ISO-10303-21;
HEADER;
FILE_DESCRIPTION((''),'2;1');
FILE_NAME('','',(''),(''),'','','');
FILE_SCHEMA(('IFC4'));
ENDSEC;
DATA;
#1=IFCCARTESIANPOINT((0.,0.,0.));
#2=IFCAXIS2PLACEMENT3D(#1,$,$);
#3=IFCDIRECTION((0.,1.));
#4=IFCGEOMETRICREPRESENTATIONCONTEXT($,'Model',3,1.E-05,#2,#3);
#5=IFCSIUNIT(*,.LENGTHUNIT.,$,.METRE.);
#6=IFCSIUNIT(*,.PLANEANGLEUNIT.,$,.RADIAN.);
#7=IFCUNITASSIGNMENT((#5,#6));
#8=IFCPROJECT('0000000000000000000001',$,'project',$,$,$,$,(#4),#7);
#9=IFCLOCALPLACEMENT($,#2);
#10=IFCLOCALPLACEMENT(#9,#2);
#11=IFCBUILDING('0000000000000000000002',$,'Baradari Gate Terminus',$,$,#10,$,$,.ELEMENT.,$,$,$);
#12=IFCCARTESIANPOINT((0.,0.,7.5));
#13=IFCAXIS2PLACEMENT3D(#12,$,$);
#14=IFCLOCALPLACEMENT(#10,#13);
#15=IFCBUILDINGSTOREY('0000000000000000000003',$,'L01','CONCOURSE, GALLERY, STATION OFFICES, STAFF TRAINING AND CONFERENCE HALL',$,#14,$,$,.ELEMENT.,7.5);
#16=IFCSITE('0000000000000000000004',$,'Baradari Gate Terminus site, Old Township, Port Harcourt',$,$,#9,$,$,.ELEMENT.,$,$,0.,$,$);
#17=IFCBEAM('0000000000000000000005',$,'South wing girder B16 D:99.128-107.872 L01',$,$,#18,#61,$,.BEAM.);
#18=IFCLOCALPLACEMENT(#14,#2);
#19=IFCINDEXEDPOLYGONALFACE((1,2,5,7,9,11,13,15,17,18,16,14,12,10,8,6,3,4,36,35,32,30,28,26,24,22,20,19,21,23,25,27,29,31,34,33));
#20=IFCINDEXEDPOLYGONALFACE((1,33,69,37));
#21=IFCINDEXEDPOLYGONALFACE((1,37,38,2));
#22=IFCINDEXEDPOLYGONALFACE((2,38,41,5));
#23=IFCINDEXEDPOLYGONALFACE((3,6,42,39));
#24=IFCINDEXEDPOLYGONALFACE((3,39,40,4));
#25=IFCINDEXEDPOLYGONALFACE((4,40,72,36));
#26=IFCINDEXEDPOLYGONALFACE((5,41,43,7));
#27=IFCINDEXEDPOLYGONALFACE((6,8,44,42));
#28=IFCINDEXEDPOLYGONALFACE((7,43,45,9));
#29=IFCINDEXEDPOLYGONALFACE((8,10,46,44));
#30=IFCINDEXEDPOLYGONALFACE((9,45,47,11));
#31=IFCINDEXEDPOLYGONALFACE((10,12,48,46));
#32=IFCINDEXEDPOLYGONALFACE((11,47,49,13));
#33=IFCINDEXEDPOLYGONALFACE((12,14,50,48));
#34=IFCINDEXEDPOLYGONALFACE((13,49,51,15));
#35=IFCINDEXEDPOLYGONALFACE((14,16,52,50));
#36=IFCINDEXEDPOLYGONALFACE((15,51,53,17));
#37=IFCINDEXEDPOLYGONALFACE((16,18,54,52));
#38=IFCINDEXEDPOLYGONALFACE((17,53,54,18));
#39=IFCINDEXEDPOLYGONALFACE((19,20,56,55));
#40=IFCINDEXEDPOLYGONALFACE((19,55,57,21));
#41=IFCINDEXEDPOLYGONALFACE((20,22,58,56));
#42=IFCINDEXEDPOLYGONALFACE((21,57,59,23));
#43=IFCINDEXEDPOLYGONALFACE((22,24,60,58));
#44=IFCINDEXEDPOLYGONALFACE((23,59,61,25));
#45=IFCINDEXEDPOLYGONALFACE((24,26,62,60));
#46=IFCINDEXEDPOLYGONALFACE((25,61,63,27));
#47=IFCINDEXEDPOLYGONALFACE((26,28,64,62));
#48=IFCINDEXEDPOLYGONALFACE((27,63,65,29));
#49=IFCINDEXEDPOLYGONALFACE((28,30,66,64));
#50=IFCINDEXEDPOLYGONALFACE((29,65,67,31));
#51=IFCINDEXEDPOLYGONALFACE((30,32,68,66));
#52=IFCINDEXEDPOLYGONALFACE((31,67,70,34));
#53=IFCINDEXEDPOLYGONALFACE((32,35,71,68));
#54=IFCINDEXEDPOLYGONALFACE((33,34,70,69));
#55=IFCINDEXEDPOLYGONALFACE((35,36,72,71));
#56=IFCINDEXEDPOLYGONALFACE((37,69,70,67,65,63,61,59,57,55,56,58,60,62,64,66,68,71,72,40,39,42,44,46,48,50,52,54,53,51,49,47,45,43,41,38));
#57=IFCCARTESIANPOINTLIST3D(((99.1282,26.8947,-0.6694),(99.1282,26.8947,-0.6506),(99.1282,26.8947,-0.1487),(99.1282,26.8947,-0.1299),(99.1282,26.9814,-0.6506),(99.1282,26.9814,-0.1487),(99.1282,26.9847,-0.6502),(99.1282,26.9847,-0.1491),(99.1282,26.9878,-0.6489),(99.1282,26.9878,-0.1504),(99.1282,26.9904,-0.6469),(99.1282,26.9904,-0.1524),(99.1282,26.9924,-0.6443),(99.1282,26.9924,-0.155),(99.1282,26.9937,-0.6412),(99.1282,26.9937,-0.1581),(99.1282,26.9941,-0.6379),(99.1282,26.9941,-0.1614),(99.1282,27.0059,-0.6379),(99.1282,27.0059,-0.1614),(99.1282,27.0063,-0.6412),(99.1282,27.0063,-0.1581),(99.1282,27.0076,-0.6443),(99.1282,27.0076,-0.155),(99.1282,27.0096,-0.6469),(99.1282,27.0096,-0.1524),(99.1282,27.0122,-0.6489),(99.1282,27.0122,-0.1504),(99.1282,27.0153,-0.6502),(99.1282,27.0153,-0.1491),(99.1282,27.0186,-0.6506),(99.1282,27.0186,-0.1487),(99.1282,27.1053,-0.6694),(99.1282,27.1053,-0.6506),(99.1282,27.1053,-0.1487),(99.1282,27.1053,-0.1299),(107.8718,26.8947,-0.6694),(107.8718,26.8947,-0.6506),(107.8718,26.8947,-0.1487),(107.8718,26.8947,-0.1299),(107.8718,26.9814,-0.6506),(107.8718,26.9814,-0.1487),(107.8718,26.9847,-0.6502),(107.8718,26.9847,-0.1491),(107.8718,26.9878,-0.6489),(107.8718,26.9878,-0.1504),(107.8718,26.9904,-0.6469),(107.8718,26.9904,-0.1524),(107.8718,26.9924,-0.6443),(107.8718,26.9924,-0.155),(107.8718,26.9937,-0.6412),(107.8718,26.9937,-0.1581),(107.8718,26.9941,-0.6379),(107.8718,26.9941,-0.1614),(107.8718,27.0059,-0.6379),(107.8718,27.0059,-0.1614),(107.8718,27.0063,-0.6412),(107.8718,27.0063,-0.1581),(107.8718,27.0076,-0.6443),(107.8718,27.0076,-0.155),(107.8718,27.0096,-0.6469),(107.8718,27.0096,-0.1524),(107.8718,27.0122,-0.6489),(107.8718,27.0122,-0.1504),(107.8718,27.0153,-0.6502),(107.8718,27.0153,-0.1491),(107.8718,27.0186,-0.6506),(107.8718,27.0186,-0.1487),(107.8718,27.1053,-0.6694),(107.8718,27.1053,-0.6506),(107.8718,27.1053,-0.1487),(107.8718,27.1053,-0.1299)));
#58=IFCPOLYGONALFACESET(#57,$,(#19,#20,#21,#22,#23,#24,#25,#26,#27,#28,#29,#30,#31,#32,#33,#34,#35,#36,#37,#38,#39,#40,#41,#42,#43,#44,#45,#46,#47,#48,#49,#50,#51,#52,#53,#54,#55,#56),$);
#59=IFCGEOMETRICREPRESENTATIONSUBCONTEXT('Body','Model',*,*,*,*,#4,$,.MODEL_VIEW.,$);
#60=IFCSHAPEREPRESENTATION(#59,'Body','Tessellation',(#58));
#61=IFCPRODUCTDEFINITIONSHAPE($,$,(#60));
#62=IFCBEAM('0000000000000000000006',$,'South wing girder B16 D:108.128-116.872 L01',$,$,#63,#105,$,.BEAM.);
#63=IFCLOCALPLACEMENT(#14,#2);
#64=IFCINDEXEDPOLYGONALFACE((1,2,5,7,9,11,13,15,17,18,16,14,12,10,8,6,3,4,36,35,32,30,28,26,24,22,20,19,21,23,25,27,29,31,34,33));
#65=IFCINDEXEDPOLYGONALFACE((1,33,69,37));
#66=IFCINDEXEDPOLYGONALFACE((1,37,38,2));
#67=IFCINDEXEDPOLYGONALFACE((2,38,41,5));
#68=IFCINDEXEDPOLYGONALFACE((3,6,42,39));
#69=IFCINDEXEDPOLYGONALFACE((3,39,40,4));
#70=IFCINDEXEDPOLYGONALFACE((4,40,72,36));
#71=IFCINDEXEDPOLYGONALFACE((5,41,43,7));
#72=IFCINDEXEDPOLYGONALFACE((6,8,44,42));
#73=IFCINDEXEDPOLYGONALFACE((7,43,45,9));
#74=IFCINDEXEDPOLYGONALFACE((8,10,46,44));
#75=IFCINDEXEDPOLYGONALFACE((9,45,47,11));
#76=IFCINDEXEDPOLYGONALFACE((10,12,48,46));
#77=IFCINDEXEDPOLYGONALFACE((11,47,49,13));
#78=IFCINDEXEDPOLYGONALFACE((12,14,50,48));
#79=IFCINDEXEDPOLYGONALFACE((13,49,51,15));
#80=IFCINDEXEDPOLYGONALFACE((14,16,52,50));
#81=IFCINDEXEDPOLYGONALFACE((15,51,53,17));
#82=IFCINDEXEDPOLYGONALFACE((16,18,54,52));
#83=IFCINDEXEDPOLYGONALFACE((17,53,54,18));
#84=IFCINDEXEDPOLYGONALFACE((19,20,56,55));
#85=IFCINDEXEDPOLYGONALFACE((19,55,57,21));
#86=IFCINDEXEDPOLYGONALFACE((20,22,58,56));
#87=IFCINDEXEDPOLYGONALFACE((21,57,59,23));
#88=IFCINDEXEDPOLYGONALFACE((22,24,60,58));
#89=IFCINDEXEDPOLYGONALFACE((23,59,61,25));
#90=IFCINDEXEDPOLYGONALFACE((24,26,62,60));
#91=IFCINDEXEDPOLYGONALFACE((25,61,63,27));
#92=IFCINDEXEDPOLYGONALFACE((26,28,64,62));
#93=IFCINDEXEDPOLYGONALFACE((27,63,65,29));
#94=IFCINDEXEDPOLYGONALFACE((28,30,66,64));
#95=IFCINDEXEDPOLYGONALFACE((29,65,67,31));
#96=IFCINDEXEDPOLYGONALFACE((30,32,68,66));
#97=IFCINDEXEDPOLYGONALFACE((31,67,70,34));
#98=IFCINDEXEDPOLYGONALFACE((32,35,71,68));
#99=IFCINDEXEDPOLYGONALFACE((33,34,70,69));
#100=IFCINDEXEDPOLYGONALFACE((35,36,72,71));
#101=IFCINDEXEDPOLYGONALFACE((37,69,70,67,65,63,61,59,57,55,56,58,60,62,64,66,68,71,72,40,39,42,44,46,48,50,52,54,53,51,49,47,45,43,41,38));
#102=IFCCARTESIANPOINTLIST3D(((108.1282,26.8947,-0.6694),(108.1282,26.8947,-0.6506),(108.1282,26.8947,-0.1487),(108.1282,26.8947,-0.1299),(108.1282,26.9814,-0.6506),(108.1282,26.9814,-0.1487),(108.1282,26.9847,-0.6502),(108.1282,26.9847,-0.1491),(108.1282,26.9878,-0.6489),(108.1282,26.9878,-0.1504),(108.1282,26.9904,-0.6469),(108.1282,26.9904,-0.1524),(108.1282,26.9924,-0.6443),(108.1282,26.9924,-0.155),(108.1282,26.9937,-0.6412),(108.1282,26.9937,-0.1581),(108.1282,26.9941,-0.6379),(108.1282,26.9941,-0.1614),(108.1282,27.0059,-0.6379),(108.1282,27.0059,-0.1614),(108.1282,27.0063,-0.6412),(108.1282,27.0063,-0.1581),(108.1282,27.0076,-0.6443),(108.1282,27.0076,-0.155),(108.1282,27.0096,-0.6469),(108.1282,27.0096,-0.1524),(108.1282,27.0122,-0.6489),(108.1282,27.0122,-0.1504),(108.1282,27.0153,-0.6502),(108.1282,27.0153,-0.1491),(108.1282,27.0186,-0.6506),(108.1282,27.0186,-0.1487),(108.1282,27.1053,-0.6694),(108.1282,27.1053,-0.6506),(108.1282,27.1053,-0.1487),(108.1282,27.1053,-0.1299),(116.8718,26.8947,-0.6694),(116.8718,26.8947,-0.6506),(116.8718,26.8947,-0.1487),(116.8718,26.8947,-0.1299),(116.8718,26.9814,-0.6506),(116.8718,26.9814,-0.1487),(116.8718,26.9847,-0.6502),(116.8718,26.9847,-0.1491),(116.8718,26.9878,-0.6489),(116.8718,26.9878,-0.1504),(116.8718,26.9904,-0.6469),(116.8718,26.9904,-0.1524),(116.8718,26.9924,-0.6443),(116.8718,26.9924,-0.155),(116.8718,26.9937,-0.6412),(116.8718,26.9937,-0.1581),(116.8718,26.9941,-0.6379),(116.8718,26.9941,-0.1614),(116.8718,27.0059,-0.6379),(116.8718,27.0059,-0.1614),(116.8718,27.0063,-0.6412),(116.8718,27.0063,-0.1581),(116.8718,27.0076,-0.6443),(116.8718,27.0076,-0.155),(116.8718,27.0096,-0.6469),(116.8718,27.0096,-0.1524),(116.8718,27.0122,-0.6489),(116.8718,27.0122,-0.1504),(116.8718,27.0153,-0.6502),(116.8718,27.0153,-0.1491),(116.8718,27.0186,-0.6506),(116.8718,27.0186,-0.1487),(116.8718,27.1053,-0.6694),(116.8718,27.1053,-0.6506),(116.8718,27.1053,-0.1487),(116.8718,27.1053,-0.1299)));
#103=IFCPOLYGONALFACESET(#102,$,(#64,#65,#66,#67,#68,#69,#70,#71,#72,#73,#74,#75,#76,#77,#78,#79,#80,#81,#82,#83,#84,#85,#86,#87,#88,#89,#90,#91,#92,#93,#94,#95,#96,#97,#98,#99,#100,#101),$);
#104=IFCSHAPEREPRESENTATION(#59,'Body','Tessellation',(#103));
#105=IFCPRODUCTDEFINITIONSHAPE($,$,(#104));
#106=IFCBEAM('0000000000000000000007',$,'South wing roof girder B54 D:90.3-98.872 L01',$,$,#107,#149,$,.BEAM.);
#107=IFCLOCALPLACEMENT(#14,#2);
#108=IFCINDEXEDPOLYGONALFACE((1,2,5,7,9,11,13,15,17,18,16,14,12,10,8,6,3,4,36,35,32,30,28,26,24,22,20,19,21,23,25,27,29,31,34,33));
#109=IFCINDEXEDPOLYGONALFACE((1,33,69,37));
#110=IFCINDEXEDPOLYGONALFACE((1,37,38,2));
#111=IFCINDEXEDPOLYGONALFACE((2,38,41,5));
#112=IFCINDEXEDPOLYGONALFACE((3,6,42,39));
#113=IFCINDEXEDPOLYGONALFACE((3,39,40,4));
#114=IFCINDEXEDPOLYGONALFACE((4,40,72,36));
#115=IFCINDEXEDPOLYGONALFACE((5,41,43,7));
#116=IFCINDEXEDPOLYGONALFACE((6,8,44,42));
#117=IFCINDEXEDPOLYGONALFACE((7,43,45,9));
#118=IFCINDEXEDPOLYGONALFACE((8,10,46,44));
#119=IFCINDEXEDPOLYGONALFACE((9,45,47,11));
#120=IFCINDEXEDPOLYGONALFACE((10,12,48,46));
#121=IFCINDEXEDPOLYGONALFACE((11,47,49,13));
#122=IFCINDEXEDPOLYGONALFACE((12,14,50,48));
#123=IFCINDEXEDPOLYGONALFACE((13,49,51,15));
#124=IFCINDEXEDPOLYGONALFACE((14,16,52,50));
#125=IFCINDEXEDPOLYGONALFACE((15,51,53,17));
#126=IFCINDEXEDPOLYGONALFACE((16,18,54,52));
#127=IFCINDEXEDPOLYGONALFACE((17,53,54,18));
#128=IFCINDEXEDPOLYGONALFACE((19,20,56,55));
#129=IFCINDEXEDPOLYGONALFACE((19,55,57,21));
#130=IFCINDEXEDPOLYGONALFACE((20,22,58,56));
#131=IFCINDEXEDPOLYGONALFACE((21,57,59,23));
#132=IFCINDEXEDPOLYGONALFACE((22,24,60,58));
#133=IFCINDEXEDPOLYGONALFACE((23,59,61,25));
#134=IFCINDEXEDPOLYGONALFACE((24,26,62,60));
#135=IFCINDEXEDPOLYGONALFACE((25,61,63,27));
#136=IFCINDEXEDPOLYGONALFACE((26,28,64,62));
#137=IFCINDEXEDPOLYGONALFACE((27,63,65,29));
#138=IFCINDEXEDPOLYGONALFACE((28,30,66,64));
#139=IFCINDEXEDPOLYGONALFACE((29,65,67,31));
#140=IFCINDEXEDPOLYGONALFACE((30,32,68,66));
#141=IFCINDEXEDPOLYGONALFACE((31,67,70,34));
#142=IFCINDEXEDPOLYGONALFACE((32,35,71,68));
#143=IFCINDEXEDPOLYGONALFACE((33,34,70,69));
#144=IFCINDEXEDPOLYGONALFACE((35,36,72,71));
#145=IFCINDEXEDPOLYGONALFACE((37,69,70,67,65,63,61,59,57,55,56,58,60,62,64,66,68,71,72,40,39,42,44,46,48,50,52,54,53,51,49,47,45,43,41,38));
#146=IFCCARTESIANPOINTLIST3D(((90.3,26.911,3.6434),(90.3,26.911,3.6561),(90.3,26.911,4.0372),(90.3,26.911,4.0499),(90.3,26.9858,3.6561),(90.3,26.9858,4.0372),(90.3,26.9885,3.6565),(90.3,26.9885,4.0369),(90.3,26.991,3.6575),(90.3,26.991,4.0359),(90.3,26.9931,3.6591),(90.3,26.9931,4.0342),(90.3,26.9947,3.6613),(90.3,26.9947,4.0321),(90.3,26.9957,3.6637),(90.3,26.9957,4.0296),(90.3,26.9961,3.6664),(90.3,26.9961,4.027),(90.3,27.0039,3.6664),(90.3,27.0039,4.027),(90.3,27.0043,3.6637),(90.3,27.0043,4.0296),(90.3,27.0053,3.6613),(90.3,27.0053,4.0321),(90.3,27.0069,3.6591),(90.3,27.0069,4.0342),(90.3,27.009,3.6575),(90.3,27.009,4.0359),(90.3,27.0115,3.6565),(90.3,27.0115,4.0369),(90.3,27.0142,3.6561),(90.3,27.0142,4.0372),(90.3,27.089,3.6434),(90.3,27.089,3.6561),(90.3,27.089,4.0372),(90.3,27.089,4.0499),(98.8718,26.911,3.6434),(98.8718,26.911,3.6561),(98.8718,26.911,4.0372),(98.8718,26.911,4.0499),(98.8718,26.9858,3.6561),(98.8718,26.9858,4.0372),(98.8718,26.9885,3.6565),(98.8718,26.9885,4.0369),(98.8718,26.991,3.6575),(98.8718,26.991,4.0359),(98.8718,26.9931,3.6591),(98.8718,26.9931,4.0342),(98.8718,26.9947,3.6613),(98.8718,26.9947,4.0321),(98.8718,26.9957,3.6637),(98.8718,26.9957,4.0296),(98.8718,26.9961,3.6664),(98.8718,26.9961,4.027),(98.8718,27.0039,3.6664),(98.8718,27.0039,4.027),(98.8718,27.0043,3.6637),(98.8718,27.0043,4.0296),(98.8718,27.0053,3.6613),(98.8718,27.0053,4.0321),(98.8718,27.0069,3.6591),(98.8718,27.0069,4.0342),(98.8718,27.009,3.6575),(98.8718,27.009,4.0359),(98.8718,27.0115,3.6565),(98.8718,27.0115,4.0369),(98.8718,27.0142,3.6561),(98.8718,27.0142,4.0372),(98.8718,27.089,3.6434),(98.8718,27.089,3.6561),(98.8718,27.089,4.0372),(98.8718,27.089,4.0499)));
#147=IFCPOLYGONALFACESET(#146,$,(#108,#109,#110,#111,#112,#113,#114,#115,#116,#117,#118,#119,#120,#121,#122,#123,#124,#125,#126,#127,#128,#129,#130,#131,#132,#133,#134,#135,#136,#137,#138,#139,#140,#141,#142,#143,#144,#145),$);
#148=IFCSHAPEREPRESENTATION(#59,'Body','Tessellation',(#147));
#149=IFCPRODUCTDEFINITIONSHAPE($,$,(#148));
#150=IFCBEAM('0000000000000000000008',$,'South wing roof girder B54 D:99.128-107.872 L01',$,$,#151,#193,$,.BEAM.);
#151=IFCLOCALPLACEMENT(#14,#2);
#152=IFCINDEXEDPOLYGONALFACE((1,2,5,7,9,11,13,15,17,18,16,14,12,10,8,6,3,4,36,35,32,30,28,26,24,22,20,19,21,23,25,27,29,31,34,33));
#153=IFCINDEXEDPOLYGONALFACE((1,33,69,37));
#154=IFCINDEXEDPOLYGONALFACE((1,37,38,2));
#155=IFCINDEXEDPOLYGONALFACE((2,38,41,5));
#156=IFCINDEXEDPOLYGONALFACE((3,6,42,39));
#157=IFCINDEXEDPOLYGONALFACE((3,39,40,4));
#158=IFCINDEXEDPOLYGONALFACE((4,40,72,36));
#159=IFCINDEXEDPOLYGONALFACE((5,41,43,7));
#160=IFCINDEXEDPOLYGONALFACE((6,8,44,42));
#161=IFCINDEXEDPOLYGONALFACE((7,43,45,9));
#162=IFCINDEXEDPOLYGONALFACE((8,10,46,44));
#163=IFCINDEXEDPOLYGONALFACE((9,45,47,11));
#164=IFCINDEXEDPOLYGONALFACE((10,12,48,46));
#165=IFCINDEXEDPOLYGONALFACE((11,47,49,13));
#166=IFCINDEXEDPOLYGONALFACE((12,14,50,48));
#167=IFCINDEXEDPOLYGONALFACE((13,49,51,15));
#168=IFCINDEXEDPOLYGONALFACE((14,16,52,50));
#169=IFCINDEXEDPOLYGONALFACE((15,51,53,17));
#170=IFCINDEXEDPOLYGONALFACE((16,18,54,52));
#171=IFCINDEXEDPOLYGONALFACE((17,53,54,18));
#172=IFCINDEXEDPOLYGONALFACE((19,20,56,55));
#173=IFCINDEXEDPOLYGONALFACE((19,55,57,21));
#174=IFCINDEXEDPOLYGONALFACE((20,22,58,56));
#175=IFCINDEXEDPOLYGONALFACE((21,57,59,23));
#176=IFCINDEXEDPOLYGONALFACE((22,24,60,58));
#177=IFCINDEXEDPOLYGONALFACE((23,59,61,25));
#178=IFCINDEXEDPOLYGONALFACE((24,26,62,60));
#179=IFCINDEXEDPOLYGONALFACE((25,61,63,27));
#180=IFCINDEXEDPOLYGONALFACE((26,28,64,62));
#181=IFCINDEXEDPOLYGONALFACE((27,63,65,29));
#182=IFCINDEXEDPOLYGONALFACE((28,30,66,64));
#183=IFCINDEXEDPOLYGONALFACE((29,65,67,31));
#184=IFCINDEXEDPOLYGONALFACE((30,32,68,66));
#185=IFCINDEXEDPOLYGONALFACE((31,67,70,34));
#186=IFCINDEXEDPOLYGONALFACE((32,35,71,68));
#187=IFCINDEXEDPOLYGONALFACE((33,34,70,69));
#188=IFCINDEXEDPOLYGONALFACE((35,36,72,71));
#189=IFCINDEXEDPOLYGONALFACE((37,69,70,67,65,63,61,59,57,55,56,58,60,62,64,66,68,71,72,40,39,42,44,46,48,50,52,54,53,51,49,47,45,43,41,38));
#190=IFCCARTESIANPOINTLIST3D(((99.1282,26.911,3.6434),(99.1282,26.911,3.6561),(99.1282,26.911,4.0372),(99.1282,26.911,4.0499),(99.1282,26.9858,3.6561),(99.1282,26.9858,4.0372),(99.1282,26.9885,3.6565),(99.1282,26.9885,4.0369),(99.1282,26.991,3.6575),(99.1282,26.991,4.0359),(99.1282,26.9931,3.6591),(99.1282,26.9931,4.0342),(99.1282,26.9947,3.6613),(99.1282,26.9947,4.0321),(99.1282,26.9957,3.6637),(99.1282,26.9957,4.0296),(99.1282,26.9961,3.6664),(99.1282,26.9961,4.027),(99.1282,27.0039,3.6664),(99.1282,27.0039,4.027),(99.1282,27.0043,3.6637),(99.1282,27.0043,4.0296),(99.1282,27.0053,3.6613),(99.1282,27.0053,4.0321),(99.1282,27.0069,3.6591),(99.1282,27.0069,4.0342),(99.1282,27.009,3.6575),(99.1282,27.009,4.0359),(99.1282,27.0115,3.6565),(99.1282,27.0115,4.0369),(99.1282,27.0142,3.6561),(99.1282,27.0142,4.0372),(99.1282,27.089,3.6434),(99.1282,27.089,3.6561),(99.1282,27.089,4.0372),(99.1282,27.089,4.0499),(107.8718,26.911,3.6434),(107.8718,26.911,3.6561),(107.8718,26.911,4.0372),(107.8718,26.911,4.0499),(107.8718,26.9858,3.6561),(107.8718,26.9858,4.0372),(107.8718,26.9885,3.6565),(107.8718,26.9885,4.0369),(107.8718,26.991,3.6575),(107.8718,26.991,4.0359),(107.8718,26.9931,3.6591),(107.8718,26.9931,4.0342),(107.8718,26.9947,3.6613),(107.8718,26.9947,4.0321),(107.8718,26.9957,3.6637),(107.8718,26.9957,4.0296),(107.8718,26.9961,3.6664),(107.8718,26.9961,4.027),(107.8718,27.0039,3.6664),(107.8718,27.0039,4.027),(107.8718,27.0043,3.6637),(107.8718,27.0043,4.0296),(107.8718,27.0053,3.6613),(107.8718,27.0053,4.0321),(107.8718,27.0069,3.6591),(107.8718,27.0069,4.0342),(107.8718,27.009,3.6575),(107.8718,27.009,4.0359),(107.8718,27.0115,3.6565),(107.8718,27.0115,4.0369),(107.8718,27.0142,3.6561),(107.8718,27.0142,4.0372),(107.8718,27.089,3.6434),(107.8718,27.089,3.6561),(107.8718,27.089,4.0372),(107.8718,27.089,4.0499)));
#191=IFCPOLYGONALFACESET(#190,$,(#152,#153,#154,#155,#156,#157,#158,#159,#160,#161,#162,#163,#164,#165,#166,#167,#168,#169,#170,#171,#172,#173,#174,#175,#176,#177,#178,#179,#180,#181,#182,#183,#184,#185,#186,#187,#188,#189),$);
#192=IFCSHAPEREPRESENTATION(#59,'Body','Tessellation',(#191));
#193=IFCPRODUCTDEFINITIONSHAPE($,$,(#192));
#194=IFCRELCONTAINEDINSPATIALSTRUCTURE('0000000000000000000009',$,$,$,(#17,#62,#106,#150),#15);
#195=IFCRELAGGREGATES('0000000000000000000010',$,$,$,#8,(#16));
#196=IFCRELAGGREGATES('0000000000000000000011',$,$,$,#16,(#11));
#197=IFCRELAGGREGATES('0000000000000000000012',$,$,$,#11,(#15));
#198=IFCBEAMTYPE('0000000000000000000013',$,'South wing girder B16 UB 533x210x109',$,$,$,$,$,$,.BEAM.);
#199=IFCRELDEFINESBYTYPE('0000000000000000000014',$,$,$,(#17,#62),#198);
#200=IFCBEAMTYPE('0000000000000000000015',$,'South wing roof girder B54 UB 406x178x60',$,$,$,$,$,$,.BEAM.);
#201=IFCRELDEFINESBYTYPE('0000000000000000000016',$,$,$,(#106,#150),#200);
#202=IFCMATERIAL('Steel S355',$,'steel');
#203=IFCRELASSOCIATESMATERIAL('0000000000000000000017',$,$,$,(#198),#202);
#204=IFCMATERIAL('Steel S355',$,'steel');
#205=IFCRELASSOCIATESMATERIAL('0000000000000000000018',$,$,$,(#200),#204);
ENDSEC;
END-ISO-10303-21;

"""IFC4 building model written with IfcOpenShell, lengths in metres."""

from ifc_helpers import new_model, si_unit, direction, frame, origin, origin_2d, place, context, subcontext, project, spatial, i_section, extrude, material, material_profile, profile_set, type_object, element, save


model = new_model("IFC4")

# Units and contexts
model_context = context("Model", 3, precision=1e-05, world=origin(), true_north=direction((0.0, 1.0)))
body_context = subcontext(model_context, "Body", "Model", "MODEL_VIEW")
ifc_project = project(units=[si_unit("LENGTHUNIT", "METRE"), si_unit("PLANEANGLEUNIT", "RADIAN")], contexts=[model_context])

# Site, building, storey
site_placement = place(None, origin())
site = spatial("IfcSite", under=ifc_project, at=site_placement, Name="Baradari Gate Terminus site, Old Township, Port Harcourt", CompositionType="ELEMENT", RefElevation=0.0)
building_placement = place(site_placement, origin())
building = spatial("IfcBuilding", under=site, at=building_placement, Name="Baradari Gate Terminus", CompositionType="ELEMENT")
storey_placement = place(building_placement, frame((0.0, 0.0, 7.5)))
storey = spatial("IfcBuildingStorey", under=building, at=storey_placement, Name="L01", Description="CONCOURSE, GALLERY, STATION OFFICES, STAFF TRAINING AND CONFERENCE HALL", CompositionType="ELEMENT", Elevation=7.5)

# Beams
ifc_material_1 = material(Name="Steel S355", Category="steel")
ifc_material_profile_1 = material_profile(ifc_material_1, i_section(OverallWidth=0.2107, OverallDepth=0.5396, WebThickness=0.0117, FlangeThickness=0.0188, FilletRadius=0.0127, at=origin_2d()), Name="UB 533x210x109")
ifc_profile_set_1 = profile_set([ifc_material_profile_1], Name="Steel S355")
beam_type_1 = type_object("IfcBeamType", Name="South wing girder B16 UB 533x210x109", PredefinedType="BEAM", material=ifc_profile_set_1)
for number, where, z_axis, x_axis, name in (
    (1, (99.1282, 27.0, -0.3997), (1.0, 0.0, 0.0), (0.0, 1.0, 0.0), "South wing girder B16 D:99.128-107.872 L01"),
    (2, (108.1282, 27.0, -0.3997), (1.0, 0.0, 0.0), (0.0, 1.0, 0.0), "South wing girder B16 D:108.128-116.872 L01"),
):
    element("IfcBeam", number, at=place(storey_placement, frame(where, z_axis=z_axis, x_axis=x_axis)), inside=storey, type_object=beam_type_1, Name=name, PredefinedType="BEAM", context=body_context, shape_type="SweptSolid", body=[
        extrude(i_section(OverallWidth=0.2107, OverallDepth=0.5396, WebThickness=0.0117, FlangeThickness=0.0188, FilletRadius=0.0127, at=origin_2d()), origin(), (0.0, 0.0, 1.0), 8.7437),
    ])
ifc_material_2 = material(Name="Steel S355", Category="steel")
ifc_material_profile_2 = material_profile(ifc_material_2, i_section(OverallWidth=0.178, OverallDepth=0.4065, WebThickness=0.0078, FlangeThickness=0.0127, FilletRadius=0.0103, at=origin_2d()), Name="UB 406x178x60")
ifc_profile_set_2 = profile_set([ifc_material_profile_2], Name="Steel S355")
beam_type_2 = type_object("IfcBeamType", Name="South wing roof girder B54 UB 406x178x60", PredefinedType="BEAM", material=ifc_profile_set_2)
beam_1_placement = place(storey_placement, frame((90.3, 27.0, 3.8467), z_axis=(1.0, 0.0, 0.0), x_axis=(0.0, 1.0, 0.0)))
element("IfcBeam", 3, at=beam_1_placement, inside=storey, type_object=beam_type_2, Name="South wing roof girder B54 D:90.3-98.872 L01", PredefinedType="BEAM", context=body_context, shape_type="SweptSolid", body=[
    extrude(i_section(OverallWidth=0.178, OverallDepth=0.4065, WebThickness=0.0078, FlangeThickness=0.0127, FilletRadius=0.0103, at=origin_2d()), origin(), (0.0, 0.0, 1.0), 8.5718),
])
for number, where, z_axis, x_axis, name in (
    (4, (99.1282, 27.0, 3.8467), (1.0, 0.0, 0.0), (0.0, 1.0, 0.0), "South wing roof girder B54 D:99.128-107.872 L01"),
):
    element("IfcBeam", number, at=place(storey_placement, frame(where, z_axis=z_axis, x_axis=x_axis)), inside=storey, type_object=beam_type_2, Name=name, PredefinedType="BEAM", context=body_context, shape_type="SweptSolid", body=[
        extrude(i_section(OverallWidth=0.178, OverallDepth=0.4065, WebThickness=0.0078, FlangeThickness=0.0127, FilletRadius=0.0103, at=origin_2d()), origin(), (0.0, 0.0, 1.0), 8.7437),
    ])

save(model, "model.ifc")
